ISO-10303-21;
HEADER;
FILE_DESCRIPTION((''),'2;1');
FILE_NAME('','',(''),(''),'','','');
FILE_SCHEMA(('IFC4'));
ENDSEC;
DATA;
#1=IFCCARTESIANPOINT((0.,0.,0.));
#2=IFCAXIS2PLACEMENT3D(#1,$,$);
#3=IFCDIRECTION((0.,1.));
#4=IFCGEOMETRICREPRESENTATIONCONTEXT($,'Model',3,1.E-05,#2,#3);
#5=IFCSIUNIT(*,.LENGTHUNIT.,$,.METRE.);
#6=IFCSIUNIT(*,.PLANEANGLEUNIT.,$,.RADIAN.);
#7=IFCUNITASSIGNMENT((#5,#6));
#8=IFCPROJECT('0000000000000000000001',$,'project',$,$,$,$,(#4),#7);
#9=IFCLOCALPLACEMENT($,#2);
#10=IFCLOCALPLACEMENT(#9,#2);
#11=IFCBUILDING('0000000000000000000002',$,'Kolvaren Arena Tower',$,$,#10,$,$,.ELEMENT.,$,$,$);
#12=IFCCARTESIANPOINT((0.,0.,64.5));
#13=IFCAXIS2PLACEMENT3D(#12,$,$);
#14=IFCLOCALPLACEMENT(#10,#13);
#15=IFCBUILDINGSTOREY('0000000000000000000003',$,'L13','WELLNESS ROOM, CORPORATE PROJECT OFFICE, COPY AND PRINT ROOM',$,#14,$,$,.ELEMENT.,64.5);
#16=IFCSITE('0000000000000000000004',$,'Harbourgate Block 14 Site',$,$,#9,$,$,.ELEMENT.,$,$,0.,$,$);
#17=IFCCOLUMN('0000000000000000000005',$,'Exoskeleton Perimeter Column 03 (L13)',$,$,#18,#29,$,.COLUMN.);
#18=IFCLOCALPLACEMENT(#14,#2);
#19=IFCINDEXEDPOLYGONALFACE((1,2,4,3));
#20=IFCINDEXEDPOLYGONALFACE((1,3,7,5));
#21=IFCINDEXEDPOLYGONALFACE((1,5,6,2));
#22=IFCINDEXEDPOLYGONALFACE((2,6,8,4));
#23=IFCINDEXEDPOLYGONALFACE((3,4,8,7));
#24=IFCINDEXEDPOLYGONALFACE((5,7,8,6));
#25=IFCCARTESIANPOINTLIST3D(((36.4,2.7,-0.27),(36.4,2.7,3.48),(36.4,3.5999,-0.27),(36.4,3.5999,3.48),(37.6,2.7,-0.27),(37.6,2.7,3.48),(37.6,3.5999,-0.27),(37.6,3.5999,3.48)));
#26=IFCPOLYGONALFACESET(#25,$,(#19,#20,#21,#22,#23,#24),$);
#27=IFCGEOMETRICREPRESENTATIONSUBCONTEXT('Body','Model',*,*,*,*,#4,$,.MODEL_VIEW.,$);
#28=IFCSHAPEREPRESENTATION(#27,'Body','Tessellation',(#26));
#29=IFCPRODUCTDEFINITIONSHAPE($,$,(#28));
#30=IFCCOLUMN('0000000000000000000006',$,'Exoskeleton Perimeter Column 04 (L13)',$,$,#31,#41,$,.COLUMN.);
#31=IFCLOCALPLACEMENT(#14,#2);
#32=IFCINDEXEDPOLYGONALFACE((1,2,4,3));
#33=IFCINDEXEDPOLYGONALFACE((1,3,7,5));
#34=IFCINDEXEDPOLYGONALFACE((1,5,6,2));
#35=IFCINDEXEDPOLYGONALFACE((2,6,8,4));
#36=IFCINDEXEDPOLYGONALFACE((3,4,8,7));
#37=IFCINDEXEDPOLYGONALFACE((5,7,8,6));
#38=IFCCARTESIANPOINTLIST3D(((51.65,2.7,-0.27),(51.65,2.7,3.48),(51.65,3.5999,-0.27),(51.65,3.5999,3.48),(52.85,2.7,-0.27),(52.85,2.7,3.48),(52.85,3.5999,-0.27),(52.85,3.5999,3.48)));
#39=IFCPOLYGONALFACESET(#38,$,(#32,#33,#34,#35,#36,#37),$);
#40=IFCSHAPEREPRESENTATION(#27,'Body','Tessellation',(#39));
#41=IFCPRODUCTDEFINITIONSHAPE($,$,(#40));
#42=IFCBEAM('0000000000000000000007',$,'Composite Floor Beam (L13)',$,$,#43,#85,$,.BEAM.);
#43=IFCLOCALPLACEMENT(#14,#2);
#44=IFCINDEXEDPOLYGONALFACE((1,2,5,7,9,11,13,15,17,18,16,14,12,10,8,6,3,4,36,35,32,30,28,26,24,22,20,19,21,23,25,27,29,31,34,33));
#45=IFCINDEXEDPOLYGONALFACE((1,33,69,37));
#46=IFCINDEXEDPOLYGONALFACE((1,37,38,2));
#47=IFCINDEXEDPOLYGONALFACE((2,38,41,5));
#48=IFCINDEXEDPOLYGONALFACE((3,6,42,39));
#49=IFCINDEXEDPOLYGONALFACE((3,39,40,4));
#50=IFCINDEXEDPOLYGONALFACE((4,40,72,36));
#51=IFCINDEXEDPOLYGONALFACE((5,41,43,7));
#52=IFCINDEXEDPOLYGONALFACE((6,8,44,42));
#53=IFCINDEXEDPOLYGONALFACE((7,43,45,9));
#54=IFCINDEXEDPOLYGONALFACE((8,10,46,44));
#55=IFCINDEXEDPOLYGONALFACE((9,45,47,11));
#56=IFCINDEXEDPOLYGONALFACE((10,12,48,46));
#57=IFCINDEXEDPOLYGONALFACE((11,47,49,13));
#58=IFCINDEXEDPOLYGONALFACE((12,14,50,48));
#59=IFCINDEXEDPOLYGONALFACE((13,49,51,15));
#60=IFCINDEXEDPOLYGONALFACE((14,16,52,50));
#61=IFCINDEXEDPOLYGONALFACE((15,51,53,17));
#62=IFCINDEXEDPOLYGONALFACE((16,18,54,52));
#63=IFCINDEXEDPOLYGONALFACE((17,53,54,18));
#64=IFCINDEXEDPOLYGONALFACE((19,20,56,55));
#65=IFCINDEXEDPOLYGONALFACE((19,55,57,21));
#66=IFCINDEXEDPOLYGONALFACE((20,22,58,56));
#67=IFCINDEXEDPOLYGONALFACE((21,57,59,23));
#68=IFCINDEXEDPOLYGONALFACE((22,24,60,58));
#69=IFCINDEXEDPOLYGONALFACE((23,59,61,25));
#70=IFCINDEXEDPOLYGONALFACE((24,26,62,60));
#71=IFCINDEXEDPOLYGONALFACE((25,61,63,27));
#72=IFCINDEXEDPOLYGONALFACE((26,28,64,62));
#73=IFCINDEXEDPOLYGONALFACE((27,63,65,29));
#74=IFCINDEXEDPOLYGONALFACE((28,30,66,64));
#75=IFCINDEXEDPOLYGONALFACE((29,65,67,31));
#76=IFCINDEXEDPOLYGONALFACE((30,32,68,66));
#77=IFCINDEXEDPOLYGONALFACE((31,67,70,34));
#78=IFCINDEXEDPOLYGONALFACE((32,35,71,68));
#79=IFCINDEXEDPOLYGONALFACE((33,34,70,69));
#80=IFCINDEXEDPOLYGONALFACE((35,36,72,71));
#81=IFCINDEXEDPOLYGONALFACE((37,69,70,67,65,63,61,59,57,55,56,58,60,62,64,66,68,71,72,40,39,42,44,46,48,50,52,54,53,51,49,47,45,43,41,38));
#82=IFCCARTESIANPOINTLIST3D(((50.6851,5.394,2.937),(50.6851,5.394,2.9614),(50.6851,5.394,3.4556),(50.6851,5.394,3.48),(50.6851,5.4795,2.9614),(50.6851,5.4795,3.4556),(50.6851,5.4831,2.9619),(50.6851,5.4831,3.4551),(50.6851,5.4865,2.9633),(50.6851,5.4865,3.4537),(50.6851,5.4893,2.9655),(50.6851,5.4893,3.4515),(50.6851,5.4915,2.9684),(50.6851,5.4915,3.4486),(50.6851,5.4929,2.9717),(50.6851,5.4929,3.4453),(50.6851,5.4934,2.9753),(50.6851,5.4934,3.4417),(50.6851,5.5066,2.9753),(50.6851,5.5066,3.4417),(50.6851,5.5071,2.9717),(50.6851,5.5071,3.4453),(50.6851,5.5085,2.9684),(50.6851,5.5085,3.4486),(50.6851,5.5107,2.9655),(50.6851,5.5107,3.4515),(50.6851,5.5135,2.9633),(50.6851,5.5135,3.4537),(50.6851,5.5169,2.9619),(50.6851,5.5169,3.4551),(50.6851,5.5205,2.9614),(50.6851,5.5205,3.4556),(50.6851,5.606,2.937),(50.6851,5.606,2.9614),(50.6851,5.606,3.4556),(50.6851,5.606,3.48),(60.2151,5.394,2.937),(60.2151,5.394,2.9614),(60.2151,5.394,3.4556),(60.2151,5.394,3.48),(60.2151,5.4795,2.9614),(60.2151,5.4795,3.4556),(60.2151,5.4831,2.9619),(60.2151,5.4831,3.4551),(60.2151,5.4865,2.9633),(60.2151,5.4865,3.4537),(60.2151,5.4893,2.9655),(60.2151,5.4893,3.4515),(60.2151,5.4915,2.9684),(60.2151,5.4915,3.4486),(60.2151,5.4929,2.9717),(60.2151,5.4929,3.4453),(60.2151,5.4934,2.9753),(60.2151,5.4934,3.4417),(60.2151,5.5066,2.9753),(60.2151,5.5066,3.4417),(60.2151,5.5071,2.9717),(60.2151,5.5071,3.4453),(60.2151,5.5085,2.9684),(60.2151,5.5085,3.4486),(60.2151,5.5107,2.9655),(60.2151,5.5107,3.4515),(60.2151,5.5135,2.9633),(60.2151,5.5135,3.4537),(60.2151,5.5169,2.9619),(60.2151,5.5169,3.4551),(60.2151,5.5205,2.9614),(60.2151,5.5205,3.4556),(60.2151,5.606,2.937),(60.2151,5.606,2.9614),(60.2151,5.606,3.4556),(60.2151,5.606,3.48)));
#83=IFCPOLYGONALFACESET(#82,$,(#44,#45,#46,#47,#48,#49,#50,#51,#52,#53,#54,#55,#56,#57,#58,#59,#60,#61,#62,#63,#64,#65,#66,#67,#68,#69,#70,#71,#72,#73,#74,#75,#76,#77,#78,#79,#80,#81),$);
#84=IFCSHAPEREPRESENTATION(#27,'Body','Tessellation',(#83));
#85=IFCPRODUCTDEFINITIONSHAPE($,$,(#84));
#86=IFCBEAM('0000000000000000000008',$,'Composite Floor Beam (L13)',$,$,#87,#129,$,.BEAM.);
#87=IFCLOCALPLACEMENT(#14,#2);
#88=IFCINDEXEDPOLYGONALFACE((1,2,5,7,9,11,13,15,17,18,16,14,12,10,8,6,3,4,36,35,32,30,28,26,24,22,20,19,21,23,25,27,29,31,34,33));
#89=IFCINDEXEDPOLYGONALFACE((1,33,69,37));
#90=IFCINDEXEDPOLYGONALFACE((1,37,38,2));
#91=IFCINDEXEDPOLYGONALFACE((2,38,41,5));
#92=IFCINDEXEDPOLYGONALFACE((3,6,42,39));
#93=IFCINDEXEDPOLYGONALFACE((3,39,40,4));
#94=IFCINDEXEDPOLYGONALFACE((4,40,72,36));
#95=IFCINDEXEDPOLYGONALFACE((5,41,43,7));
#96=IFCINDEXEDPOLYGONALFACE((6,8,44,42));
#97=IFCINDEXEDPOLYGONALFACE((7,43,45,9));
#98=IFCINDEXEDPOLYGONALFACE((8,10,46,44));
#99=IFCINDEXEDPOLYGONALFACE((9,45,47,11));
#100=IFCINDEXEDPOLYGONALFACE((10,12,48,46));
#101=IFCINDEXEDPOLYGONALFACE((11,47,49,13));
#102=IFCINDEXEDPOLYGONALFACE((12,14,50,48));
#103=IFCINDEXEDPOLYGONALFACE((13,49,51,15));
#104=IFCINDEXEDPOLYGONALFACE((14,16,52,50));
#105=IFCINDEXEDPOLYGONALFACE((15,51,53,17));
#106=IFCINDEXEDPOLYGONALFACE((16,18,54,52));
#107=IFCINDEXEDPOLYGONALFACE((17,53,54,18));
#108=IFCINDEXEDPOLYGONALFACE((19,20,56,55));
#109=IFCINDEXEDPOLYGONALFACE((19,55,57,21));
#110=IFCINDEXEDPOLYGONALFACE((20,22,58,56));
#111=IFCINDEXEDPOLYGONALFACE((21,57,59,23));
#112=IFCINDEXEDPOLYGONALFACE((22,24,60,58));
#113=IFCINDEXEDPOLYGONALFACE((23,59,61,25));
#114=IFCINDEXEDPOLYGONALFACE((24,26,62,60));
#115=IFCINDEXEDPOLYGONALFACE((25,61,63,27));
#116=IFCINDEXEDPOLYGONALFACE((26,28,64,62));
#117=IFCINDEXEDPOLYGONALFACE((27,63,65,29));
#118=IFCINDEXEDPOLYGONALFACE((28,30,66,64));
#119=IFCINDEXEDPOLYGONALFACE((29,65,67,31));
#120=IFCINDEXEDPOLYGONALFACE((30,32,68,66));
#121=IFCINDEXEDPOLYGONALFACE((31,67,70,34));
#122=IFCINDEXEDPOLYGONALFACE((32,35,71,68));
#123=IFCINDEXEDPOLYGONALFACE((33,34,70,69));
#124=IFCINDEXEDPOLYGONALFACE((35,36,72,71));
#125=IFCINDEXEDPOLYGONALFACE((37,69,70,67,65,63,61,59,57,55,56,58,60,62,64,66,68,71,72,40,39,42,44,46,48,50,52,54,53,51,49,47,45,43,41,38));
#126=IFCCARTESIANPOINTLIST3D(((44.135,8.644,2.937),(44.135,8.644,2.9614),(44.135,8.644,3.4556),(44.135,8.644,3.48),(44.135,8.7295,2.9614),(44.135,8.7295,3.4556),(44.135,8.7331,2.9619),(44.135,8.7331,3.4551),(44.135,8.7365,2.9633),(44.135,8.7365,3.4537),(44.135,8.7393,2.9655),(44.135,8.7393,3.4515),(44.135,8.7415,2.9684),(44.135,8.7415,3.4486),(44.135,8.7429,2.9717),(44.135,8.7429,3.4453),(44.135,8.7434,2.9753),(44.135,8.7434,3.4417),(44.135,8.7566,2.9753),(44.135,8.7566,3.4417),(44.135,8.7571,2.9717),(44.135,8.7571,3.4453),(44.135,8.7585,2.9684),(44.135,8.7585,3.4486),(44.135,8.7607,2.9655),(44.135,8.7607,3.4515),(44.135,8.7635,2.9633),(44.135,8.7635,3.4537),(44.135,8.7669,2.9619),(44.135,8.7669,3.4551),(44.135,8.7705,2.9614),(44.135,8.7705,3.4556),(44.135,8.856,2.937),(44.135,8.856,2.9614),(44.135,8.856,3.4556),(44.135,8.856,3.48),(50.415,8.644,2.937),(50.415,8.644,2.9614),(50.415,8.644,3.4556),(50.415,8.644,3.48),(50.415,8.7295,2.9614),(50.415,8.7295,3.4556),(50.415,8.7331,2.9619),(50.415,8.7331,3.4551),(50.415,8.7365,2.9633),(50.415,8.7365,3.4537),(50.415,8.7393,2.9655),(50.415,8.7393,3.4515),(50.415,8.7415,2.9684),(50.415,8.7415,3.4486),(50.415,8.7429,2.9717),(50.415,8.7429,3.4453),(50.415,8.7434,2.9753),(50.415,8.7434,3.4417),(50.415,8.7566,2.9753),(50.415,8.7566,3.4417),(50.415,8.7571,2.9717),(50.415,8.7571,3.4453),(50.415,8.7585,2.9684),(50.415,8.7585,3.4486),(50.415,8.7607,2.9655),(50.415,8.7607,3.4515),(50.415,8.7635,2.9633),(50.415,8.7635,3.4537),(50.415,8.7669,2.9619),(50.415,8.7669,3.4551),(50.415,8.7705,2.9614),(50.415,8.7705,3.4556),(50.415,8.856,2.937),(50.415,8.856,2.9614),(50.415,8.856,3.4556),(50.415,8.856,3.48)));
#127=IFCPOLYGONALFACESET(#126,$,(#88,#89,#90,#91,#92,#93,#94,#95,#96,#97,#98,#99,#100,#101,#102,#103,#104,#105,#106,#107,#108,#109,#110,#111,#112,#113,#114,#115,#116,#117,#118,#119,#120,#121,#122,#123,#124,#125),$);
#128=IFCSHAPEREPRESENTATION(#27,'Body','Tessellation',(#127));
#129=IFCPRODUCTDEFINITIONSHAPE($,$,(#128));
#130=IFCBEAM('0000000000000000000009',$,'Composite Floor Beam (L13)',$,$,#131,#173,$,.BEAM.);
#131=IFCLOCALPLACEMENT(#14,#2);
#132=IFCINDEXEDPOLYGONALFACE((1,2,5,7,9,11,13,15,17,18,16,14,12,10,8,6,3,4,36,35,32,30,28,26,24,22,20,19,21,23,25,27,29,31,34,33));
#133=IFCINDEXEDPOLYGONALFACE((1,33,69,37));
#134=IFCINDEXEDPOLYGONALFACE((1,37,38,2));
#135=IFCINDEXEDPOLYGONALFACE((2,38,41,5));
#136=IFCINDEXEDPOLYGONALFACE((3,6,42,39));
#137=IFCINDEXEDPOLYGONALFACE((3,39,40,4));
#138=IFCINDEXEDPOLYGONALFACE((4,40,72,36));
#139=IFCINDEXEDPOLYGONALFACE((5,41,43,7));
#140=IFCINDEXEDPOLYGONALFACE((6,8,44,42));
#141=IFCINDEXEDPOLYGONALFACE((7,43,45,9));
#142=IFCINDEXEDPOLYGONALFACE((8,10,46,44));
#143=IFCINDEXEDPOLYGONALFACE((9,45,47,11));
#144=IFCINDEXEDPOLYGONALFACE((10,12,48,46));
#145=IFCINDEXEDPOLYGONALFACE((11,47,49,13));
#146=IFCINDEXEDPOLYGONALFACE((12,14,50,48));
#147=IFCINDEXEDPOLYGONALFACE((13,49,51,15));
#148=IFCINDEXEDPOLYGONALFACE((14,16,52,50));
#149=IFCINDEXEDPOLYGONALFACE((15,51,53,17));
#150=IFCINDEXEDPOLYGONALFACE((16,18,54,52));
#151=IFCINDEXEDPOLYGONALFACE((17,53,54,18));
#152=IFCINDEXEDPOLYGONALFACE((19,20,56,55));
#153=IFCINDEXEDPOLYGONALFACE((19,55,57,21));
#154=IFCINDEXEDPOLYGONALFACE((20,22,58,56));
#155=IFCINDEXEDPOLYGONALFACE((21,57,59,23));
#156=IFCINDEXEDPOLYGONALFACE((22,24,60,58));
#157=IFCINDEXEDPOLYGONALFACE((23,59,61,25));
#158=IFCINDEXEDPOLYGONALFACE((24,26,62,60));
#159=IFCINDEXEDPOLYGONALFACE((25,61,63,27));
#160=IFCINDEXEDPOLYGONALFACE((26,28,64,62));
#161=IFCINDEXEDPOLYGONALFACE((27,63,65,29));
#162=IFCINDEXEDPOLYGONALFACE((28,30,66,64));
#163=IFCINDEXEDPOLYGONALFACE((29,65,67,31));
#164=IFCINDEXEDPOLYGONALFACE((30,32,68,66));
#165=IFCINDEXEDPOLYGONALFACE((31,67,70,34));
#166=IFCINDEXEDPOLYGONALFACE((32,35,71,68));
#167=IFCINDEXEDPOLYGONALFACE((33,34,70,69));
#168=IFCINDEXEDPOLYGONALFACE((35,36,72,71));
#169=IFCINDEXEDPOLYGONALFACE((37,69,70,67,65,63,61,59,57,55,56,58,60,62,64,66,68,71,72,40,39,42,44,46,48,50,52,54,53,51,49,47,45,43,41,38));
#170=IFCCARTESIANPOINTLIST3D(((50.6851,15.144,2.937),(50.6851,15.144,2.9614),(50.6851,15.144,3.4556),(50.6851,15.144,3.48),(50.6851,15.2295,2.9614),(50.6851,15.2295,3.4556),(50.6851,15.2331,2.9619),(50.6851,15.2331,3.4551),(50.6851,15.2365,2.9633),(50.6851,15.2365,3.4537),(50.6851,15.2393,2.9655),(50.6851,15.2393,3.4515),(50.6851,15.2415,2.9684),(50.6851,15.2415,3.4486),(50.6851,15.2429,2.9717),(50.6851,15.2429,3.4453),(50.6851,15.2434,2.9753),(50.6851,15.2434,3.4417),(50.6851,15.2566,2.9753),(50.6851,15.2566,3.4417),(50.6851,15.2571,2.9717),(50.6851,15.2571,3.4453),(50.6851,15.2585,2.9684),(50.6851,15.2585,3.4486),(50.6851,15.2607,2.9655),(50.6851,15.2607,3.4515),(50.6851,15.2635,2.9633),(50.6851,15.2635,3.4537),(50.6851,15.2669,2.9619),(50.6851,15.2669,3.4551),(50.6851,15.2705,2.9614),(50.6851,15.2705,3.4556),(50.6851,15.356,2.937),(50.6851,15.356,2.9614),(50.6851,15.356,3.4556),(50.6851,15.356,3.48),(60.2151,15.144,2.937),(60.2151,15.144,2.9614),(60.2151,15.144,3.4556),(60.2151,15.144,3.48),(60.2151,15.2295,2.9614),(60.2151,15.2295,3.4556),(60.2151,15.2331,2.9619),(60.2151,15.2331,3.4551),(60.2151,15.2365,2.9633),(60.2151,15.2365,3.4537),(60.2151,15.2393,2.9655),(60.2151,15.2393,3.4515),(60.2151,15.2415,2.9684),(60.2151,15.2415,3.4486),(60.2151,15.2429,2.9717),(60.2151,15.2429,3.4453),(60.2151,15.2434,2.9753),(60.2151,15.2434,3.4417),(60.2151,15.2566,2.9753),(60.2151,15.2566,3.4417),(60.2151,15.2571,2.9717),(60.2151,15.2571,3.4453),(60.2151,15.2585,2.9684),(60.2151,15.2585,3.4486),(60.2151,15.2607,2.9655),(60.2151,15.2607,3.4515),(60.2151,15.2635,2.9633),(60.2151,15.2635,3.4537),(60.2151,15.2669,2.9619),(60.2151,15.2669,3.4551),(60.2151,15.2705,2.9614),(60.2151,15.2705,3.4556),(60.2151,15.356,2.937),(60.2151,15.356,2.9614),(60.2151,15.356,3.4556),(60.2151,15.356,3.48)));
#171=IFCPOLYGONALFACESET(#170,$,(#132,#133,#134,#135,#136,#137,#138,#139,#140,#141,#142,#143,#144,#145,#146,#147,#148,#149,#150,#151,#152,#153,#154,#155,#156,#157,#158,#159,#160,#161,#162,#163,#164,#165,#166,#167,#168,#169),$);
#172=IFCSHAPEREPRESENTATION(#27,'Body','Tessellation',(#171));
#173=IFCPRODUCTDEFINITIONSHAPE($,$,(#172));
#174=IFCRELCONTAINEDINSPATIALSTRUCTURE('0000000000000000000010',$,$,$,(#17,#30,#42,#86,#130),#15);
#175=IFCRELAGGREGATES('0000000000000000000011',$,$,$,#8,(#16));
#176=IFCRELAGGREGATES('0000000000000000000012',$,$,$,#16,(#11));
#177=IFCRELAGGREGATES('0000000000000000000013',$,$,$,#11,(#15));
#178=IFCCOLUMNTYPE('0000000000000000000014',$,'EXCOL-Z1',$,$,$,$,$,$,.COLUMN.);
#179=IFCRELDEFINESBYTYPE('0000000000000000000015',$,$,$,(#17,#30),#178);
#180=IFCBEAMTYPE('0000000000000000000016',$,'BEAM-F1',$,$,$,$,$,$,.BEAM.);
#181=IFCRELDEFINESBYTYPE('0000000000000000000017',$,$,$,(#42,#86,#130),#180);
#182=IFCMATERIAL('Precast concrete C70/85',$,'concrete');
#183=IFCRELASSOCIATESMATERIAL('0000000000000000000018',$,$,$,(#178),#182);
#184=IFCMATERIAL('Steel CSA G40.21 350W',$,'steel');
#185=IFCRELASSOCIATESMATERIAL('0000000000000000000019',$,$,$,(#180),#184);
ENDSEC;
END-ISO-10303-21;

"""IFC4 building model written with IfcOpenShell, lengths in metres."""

from ifc_helpers import new_model, si_unit, direction, frame, origin, origin_2d, place, context, subcontext, project, spatial, rectangle, i_section, extrude, material, material_profile, profile_set, type_object, element, save


model = new_model("IFC4")

# Units and contexts
model_context = context("Model", 3, precision=1e-05, world=origin(), true_north=direction((0.0, 1.0)))
body_context = subcontext(model_context, "Body", "Model", "MODEL_VIEW")
ifc_project = project(units=[si_unit("LENGTHUNIT", "METRE"), si_unit("PLANEANGLEUNIT", "RADIAN")], contexts=[model_context])

# Site, building, storey
site_placement = place(None, origin())
site = spatial("IfcSite", under=ifc_project, at=site_placement, Name="Harbourgate Block 14 Site", CompositionType="ELEMENT", RefElevation=0.0)
building_placement = place(site_placement, origin())
building = spatial("IfcBuilding", under=site, at=building_placement, Name="Kolvaren Arena Tower", CompositionType="ELEMENT")
storey_placement = place(building_placement, frame((0.0, 0.0, 64.5)))
storey = spatial("IfcBuildingStorey", under=building, at=storey_placement, Name="L13", Description="WELLNESS ROOM, CORPORATE PROJECT OFFICE, COPY AND PRINT ROOM", CompositionType="ELEMENT", Elevation=64.5)

# Columns
ifc_material_1 = material(Name="Precast concrete C70/85", Category="concrete")
ifc_material_profile_1 = material_profile(ifc_material_1, rectangle(XDim=1.2, YDim=0.8999, at=origin_2d()), Name="RC-1200x900")
ifc_profile_set_1 = profile_set([ifc_material_profile_1], Name="Precast concrete C70/85")
column_type = type_object("IfcColumnType", Name="EXCOL-Z1", PredefinedType="COLUMN", material=ifc_profile_set_1)
for number, where, z_axis, x_axis, name in (
    (1, (37.0, 3.1499, -0.27), (0.0, 0.0, 1.0), (1.0, 0.0, 0.0), "Exoskeleton Perimeter Column 03 (L13)"),
    (2, (52.25, 3.1499, -0.27), (0.0, 0.0, 1.0), (1.0, 0.0, 0.0), "Exoskeleton Perimeter Column 04 (L13)"),
):
    element("IfcColumn", number, at=place(storey_placement, frame(where, z_axis=z_axis, x_axis=x_axis)), inside=storey, type_object=column_type, Name=name, PredefinedType="COLUMN", context=body_context, shape_type="SweptSolid", body=[
        extrude(rectangle(XDim=1.2, YDim=0.8999, at=origin_2d()), origin(), (0.0, 0.0, 1.0), 3.75),
    ])

# Beams
ifc_material_2 = material(Name="Steel CSA G40.21 350W", Category="steel")
ifc_material_profile_2 = material_profile(ifc_material_2, i_section(OverallWidth=0.2119, OverallDepth=0.543, WebThickness=0.0132, FlangeThickness=0.0244, FilletRadius=0.0139, at=origin_2d()), Name="W530x150")
ifc_profile_set_2 = profile_set([ifc_material_profile_2], Name="Steel CSA G40.21 350W")
beam_type_1 = type_object("IfcBeamType", Name="BEAM-F1", PredefinedType="BEAM", material=ifc_profile_set_2)
beam_1_placement = place(storey_placement, frame((50.6851, 5.5, 3.2085), z_axis=(1.0, 0.0, 0.0), x_axis=(0.0, 1.0, 0.0)))
element("IfcBeam", 3, at=beam_1_placement, inside=storey, type_object=beam_type_1, Name="Composite Floor Beam (L13)", PredefinedType="BEAM", context=body_context, shape_type="SweptSolid", body=[
    extrude(i_section(OverallWidth=0.2119, OverallDepth=0.543, WebThickness=0.0132, FlangeThickness=0.0244, FilletRadius=0.0139, at=origin_2d()), origin(), (0.0, 0.0, 1.0), 9.53),
])
beam_2_placement = place(storey_placement, frame((44.135, 8.75, 3.2085), z_axis=(1.0, 0.0, 0.0), x_axis=(0.0, 1.0, 0.0)))
element("IfcBeam", 4, at=beam_2_placement, inside=storey, type_object=beam_type_1, Name="Composite Floor Beam (L13)", PredefinedType="BEAM", context=body_context, shape_type="SweptSolid", body=[
    extrude(i_section(OverallWidth=0.2119, OverallDepth=0.543, WebThickness=0.0132, FlangeThickness=0.0244, FilletRadius=0.0139, at=origin_2d()), origin(), (0.0, 0.0, 1.0), 6.28),
])
beam_3_placement = place(storey_placement, frame((50.6851, 15.25, 3.2085), z_axis=(1.0, 0.0, 0.0), x_axis=(0.0, 1.0, 0.0)))
element("IfcBeam", 5, at=beam_3_placement, inside=storey, type_object=beam_type_1, Name="Composite Floor Beam (L13)", PredefinedType="BEAM", context=body_context, shape_type="SweptSolid", body=[
    extrude(i_section(OverallWidth=0.2119, OverallDepth=0.543, WebThickness=0.0132, FlangeThickness=0.0244, FilletRadius=0.0139, at=origin_2d()), origin(), (0.0, 0.0, 1.0), 9.53),
])

save(model, "model.ifc")
